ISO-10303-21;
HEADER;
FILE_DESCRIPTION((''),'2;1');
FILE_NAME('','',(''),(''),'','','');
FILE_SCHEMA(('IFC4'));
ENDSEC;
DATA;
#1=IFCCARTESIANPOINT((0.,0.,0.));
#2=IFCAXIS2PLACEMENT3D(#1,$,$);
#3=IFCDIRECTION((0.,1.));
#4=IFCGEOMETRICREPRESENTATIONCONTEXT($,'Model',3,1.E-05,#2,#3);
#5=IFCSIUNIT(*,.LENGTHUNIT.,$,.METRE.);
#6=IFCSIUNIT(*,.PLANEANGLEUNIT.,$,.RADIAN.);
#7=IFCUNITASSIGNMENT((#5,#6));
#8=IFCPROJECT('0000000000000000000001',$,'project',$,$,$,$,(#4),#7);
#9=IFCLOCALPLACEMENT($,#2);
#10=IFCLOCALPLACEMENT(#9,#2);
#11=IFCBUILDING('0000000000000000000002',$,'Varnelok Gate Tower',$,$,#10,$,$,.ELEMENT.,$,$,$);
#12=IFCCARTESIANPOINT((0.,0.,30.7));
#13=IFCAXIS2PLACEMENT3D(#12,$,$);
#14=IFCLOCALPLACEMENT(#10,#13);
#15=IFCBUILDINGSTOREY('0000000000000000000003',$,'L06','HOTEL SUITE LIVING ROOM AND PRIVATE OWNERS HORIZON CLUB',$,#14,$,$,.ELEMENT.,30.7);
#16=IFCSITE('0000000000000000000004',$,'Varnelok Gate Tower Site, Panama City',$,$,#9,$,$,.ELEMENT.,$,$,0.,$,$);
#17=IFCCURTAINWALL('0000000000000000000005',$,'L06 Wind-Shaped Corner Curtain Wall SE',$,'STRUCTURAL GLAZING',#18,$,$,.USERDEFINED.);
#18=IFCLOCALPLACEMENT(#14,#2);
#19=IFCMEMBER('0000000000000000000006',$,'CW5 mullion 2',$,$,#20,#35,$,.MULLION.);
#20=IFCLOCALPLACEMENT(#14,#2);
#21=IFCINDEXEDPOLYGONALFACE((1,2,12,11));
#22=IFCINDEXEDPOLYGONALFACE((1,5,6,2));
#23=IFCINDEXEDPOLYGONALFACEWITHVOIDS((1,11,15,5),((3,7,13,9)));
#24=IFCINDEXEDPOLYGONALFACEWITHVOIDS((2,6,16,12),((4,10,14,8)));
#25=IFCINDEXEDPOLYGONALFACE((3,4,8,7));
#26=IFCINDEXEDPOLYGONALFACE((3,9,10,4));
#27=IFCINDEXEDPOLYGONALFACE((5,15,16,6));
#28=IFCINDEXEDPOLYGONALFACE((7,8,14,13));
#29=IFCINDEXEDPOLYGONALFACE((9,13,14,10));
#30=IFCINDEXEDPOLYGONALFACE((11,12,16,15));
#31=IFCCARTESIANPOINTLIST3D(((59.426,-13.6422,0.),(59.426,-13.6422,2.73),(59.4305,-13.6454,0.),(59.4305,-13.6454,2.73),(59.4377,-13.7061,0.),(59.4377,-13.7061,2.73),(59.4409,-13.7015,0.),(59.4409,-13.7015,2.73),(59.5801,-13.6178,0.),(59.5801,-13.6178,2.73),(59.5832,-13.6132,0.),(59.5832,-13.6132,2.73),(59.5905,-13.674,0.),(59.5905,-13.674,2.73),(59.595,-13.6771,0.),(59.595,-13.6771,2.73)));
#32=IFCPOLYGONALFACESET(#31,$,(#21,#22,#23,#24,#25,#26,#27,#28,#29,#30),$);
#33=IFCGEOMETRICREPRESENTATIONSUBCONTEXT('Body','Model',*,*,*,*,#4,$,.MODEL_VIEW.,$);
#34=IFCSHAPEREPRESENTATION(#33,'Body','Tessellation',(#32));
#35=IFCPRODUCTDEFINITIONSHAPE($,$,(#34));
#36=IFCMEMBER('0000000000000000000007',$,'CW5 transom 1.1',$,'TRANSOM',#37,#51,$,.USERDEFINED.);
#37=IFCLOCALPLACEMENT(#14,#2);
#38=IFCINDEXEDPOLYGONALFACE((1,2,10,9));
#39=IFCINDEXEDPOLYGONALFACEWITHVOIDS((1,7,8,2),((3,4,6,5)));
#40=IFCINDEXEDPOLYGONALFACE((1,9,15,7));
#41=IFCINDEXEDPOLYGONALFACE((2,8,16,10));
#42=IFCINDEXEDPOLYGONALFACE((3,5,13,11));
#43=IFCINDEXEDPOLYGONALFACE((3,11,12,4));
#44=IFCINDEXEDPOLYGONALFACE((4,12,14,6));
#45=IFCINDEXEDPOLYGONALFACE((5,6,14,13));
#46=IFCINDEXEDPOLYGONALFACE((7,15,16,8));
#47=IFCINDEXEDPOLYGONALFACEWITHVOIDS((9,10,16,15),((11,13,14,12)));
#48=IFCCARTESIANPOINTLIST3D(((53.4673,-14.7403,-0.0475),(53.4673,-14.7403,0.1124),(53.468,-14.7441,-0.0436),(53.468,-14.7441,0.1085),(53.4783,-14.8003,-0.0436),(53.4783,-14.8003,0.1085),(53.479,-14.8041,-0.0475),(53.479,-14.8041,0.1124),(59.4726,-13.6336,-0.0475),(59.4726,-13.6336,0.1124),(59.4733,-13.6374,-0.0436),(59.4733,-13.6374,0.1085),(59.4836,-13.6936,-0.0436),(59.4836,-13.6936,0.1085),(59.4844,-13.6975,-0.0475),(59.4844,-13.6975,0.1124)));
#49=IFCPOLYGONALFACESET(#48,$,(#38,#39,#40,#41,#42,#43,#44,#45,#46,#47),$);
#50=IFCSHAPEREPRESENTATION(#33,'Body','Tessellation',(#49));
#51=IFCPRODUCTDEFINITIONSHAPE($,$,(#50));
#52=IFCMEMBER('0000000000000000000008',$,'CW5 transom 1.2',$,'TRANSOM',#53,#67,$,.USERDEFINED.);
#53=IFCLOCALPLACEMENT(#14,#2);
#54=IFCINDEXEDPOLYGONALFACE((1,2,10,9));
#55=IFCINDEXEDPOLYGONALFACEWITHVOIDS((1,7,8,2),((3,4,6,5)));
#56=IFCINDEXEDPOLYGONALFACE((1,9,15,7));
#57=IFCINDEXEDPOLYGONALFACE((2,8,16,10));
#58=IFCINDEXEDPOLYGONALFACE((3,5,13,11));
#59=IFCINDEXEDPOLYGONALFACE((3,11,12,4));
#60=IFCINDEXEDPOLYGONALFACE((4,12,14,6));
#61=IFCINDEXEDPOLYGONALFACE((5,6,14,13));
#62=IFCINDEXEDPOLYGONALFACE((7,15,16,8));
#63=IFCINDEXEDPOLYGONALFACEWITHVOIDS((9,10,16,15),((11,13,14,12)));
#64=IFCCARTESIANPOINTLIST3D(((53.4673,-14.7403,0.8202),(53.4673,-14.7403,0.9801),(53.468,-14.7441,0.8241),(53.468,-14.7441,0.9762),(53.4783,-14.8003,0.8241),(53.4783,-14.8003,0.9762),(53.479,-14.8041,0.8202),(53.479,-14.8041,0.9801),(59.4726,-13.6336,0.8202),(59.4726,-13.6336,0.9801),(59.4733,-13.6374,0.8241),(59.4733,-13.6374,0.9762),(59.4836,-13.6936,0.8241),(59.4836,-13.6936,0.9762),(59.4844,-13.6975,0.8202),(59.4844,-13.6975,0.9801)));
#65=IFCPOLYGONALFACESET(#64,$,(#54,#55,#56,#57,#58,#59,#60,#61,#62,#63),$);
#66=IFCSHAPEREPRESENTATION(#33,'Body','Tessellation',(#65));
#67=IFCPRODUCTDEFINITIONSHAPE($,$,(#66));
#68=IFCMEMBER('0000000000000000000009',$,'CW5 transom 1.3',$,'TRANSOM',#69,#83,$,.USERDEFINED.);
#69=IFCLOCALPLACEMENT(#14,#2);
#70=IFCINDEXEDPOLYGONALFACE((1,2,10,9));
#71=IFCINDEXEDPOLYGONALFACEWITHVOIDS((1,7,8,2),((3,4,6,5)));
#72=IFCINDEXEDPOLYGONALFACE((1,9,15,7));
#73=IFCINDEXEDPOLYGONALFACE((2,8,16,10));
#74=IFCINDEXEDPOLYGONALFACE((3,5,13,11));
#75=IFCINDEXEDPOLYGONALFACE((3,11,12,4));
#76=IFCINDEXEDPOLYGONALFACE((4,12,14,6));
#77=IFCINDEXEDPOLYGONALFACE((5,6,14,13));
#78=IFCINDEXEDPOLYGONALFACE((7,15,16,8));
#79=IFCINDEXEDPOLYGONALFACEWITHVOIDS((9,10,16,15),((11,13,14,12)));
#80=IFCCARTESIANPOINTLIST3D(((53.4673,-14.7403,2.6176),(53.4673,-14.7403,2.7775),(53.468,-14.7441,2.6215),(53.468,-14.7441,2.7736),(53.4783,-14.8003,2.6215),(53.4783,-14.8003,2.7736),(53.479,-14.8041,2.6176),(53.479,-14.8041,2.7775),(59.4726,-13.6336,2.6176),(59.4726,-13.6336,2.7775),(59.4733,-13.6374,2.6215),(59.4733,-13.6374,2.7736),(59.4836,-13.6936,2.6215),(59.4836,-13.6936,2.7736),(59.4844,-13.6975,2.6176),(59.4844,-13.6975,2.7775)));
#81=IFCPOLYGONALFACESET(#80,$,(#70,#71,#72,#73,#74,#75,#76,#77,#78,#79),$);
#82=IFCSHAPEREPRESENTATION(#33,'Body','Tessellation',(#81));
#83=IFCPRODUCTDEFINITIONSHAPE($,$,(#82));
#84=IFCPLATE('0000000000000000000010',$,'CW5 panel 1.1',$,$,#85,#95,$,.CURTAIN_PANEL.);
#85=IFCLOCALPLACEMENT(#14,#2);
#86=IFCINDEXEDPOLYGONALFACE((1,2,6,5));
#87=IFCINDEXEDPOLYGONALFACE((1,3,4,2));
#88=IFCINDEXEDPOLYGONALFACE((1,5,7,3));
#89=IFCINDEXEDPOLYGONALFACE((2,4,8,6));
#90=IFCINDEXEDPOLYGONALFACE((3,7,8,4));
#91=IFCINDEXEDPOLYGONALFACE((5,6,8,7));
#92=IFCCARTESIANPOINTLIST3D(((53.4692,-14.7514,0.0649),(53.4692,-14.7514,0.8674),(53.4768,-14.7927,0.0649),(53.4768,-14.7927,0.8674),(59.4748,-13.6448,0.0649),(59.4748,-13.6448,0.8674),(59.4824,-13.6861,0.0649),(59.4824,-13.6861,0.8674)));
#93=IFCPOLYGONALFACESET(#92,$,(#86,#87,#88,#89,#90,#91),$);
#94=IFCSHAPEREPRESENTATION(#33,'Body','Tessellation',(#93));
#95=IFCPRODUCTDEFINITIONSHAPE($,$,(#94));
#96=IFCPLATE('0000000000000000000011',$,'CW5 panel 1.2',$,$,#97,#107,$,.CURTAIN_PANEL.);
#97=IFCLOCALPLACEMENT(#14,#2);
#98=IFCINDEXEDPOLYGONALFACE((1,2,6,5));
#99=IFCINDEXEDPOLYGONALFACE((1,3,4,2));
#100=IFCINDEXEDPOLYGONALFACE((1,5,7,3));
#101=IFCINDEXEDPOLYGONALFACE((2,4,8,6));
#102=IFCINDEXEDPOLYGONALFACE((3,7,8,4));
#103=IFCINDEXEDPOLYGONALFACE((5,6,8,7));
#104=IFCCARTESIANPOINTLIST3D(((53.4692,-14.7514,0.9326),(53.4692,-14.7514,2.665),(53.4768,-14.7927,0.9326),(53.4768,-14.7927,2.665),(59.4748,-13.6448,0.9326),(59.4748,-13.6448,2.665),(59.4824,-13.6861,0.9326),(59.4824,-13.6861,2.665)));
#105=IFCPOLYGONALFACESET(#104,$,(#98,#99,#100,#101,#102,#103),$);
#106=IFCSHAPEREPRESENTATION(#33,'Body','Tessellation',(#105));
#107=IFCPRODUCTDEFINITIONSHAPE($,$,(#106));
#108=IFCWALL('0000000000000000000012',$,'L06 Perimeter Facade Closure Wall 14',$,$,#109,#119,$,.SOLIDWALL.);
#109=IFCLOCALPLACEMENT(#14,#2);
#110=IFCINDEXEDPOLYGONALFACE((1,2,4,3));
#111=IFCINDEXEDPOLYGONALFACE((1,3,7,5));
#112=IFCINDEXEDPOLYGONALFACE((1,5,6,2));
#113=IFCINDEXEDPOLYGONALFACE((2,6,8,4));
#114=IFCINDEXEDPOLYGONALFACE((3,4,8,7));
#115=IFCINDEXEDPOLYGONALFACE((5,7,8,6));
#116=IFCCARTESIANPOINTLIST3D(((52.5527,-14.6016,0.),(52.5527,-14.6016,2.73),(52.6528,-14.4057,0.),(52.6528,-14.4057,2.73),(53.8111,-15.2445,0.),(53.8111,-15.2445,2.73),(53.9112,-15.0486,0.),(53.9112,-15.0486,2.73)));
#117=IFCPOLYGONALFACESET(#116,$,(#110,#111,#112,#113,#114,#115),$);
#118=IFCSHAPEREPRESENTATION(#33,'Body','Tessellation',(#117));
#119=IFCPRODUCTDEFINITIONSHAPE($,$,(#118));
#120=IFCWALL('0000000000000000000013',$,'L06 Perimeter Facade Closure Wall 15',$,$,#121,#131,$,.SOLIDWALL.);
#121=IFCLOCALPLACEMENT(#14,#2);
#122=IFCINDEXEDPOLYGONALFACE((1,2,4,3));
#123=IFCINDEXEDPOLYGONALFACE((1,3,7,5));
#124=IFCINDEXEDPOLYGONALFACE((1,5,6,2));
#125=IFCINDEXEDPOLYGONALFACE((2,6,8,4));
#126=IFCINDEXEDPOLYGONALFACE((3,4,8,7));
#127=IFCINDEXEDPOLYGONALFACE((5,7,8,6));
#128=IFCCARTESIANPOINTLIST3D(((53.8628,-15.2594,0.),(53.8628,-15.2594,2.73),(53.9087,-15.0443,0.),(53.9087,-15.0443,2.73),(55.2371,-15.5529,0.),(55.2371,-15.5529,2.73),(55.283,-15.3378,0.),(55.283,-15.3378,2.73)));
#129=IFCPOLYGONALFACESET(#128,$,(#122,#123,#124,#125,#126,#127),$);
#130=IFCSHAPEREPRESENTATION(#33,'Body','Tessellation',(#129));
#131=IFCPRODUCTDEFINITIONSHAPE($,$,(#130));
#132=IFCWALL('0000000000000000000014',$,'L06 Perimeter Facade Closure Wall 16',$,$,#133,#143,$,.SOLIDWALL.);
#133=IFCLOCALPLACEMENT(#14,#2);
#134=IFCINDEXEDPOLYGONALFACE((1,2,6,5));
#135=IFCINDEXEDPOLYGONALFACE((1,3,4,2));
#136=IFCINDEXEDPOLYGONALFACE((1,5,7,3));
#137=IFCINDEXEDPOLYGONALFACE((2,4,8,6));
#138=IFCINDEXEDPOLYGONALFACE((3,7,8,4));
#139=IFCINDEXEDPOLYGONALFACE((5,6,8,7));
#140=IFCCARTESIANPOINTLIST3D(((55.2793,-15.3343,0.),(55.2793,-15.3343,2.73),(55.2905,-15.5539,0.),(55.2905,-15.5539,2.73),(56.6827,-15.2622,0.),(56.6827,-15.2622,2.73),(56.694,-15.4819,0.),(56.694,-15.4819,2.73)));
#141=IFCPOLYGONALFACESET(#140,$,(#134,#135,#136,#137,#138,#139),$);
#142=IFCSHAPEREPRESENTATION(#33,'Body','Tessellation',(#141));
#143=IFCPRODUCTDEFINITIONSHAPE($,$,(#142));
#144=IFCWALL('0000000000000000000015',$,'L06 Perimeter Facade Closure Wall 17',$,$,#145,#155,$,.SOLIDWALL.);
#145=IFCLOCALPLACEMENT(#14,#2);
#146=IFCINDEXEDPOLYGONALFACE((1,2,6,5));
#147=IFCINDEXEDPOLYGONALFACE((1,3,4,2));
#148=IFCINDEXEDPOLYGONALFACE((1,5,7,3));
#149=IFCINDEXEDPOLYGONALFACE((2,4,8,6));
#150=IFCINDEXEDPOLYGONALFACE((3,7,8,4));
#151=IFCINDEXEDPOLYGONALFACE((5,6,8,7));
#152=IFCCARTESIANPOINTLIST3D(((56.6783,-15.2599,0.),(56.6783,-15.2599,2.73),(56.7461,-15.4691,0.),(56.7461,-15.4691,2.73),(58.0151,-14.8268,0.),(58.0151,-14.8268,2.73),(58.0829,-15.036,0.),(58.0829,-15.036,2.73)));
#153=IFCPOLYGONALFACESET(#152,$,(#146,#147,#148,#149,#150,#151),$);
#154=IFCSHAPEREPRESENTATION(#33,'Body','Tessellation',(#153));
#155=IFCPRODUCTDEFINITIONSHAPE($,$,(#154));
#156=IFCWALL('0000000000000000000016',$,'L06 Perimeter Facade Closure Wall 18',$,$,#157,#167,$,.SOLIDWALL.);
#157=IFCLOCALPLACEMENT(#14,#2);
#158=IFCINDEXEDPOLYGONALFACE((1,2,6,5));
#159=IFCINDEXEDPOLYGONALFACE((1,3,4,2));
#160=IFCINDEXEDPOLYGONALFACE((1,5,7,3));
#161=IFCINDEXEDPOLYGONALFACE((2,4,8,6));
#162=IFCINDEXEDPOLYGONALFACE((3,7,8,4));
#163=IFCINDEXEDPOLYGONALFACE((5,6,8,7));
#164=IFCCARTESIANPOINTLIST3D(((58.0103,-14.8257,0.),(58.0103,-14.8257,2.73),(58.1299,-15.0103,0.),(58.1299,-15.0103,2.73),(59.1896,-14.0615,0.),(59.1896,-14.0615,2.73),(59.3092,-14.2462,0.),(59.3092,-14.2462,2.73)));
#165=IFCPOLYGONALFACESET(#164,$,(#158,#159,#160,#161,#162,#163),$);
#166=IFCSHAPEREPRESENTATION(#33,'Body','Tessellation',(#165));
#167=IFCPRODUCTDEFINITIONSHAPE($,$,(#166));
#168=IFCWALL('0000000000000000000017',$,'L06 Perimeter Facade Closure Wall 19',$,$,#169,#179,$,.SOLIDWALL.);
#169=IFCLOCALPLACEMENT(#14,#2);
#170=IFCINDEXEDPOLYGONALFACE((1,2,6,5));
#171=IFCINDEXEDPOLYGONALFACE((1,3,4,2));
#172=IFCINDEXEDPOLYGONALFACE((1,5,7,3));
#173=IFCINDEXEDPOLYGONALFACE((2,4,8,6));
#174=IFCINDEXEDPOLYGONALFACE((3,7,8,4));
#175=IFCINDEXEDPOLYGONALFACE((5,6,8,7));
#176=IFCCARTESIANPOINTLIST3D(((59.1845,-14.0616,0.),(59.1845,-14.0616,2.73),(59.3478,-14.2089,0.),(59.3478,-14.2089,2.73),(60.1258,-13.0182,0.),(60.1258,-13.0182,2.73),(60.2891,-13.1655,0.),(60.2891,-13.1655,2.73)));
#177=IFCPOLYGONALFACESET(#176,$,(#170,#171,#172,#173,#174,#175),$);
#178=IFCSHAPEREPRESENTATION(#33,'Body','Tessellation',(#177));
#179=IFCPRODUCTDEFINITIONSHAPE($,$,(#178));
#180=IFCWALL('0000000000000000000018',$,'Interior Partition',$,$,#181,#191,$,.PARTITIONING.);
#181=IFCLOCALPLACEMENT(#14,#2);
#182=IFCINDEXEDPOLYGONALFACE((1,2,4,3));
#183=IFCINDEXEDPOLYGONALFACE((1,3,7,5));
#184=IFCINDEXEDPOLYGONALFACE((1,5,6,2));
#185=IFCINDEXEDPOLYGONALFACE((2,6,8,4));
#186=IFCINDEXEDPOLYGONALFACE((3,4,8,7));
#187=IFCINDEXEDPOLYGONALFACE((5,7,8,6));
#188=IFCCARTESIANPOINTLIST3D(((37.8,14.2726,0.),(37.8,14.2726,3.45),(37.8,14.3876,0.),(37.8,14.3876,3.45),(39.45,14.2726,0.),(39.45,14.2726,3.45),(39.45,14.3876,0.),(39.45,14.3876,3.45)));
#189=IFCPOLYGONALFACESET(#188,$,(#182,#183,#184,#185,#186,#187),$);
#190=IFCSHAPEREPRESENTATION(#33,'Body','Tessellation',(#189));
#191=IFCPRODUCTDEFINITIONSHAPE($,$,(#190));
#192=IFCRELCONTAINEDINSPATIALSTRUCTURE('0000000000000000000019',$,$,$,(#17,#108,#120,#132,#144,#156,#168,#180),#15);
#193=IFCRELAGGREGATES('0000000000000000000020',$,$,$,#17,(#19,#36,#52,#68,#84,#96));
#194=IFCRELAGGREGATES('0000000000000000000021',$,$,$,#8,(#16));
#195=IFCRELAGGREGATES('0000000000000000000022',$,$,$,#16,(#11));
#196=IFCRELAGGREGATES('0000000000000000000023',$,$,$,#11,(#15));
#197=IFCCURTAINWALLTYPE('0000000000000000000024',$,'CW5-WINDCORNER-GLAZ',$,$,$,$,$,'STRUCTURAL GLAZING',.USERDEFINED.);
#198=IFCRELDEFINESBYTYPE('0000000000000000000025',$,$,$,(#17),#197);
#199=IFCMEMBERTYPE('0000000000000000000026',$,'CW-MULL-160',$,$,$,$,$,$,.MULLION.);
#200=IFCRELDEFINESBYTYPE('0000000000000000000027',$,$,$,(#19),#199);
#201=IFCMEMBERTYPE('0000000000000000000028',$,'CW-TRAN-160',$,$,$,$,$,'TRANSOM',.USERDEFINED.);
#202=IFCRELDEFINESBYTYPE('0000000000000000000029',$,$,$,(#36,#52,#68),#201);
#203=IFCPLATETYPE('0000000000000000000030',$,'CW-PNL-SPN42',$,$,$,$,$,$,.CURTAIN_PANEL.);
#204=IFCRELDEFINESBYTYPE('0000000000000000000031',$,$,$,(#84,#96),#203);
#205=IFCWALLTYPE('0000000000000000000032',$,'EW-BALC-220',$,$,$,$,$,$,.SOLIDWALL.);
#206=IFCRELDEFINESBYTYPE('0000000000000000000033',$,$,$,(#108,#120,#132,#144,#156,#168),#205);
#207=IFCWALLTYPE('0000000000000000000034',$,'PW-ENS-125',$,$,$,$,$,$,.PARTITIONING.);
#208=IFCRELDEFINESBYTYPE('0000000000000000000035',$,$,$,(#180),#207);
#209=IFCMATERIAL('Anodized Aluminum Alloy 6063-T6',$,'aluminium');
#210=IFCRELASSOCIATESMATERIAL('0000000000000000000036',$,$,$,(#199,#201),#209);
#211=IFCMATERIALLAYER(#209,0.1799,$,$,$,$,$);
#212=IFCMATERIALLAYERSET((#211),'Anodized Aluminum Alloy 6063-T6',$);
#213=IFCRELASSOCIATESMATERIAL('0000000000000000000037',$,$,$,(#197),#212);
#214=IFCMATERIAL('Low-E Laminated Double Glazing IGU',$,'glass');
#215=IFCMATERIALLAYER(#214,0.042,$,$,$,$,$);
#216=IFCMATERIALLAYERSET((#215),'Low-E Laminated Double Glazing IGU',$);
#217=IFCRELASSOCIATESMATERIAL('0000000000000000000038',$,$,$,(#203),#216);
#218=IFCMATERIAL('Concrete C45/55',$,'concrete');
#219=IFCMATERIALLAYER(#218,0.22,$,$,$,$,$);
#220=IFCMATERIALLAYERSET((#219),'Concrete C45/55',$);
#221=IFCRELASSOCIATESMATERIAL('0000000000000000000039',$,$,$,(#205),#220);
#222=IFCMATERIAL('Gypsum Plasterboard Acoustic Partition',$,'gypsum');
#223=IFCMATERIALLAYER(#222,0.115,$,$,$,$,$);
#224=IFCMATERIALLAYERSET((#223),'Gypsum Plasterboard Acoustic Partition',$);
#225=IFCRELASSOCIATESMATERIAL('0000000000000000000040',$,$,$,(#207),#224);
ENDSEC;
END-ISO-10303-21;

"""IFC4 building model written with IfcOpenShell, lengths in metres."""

from ifc_helpers import new_model, si_unit, direction, frame, frame_2d, origin, origin_2d, place, context, subcontext, project, spatial, rectangle, hollow_rectangle, extrude, source, transform, mapped, material, layer, layer_set, material_profile, profile_set, type_object, element, aggregate, save


model = new_model("IFC4")

# Units and contexts
model_context = context("Model", 3, precision=1e-05, world=origin(), true_north=direction((0.0, 1.0)))
body_context = subcontext(model_context, "Body", "Model", "MODEL_VIEW")
ifc_project = project(units=[si_unit("LENGTHUNIT", "METRE"), si_unit("PLANEANGLEUNIT", "RADIAN")], contexts=[model_context])

# Site, building, storey
site_placement = place(None, origin())
site = spatial("IfcSite", under=ifc_project, at=site_placement, Name="Varnelok Gate Tower Site, Panama City", CompositionType="ELEMENT", RefElevation=0.0)
building_placement = place(site_placement, origin())
building = spatial("IfcBuilding", under=site, at=building_placement, Name="Varnelok Gate Tower", CompositionType="ELEMENT")
storey_placement = place(building_placement, frame((0.0, 0.0, 30.7)))
storey = spatial("IfcBuildingStorey", under=building, at=storey_placement, Name="L06", Description="HOTEL SUITE LIVING ROOM AND PRIVATE OWNERS HORIZON CLUB", CompositionType="ELEMENT", Elevation=30.7)

# Shared definitions
ifc_material_1 = material(Name="Anodized Aluminum Alloy 6063-T6", Category="aluminium")
ifc_material_profile_1 = material_profile(ifc_material_1, hollow_rectangle(XDim=0.0649, YDim=0.1599, WallThickness=0.0039, at=origin_2d()), Name="ALU160X65X4")
ifc_profile_set_1 = profile_set([ifc_material_profile_1], Name="Anodized Aluminum Alloy 6063-T6")
member_type_1 = type_object("IfcMemberType", Name="CW-MULL-160", PredefinedType="MULLION", material=ifc_profile_set_1)

# Curtain wall, members, plates
ifc_layer_1 = layer(ifc_material_1, 0.1799)
ifc_layer_set_1 = layer_set([ifc_layer_1], Name="Anodized Aluminum Alloy 6063-T6")
curtain_wall_type_1 = type_object("IfcCurtainWallType", Name="CW5-WINDCORNER-GLAZ", ElementType="STRUCTURAL GLAZING", PredefinedType="USERDEFINED", material=ifc_layer_set_1)
curtain_wall_1_placement = place(storey_placement, origin())
curtain_wall_1 = element("IfcCurtainWall", 1, at=curtain_wall_1_placement, inside=storey, type_object=curtain_wall_type_1, Name="L06 Wind-Shaped Corner Curtain Wall SE", ObjectType="STRUCTURAL GLAZING", PredefinedType="USERDEFINED")
member_1_placement = place(storey_placement, frame((59.5105, -13.6597, 0.0), z_axis=(0.0, 0.0, 1.0), x_axis=(-0.181203, 0.983446, 0.0)))
member_1 = element("IfcMember", 2, at=member_1_placement, type_object=member_type_1, Name="CW5 mullion 2", PredefinedType="MULLION", context=body_context, shape_type="SweptSolid", body=[
    extrude(hollow_rectangle(XDim=0.0649, YDim=0.1599, WallThickness=0.0039, at=origin_2d()), origin(), (0.0, 0.0, 1.0), 2.73),
])
ifc_material_profile_2 = material_profile(ifc_material_1, hollow_rectangle(XDim=0.0649, YDim=0.1599, WallThickness=0.0039, at=origin_2d()), Name="ALU160X65X4")
ifc_profile_set_2 = profile_set([ifc_material_profile_2], Name="Anodized Aluminum Alloy 6063-T6")
member_type_2 = type_object("IfcMemberType", Name="CW-TRAN-160", ElementType="TRANSOM", PredefinedType="USERDEFINED", material=ifc_profile_set_2)
member_2_placement = place(storey_placement, frame((53.4731, -14.7722, 0.0325), z_axis=(0.98344, 0.181232, 0.0), x_axis=(-0.181232, 0.98344, 0.0)))
member_2 = element("IfcMember", 3, at=member_2_placement, type_object=member_type_2, Name="CW5 transom 1.1", ObjectType="TRANSOM", PredefinedType="USERDEFINED", context=body_context, shape_type="SweptSolid", body=[
    extrude(hollow_rectangle(XDim=0.0649, YDim=0.1599, WallThickness=0.0039, at=origin_2d()), origin(), (0.0, 0.0, 1.0), 6.1064),
])
member_3_placement = place(storey_placement, frame((53.4731, -14.7722, 0.9001), z_axis=(0.98344, 0.181232, 0.0), x_axis=(-0.181232, 0.98344, 0.0)))
member_3 = element("IfcMember", 4, at=member_3_placement, type_object=member_type_2, Name="CW5 transom 1.2", ObjectType="TRANSOM", PredefinedType="USERDEFINED", context=body_context, shape_type="SweptSolid", body=[
    extrude(hollow_rectangle(XDim=0.0649, YDim=0.1599, WallThickness=0.0039, at=origin_2d()), origin(), (0.0, 0.0, 1.0), 6.1064),
])
member_4_placement = place(storey_placement, frame((53.4731, -14.7722, 2.6975), z_axis=(0.98344, 0.181232, 0.0), x_axis=(-0.181232, 0.98344, 0.0)))
member_4 = element("IfcMember", 5, at=member_4_placement, type_object=member_type_2, Name="CW5 transom 1.3", ObjectType="TRANSOM", PredefinedType="USERDEFINED", context=body_context, shape_type="SweptSolid", body=[
    extrude(hollow_rectangle(XDim=0.0649, YDim=0.1599, WallThickness=0.0039, at=origin_2d()), origin(), (0.0, 0.0, 1.0), 6.1064),
])
ifc_material_2 = material(Name="Low-E Laminated Double Glazing IGU", Category="glass")
ifc_layer_2 = layer(ifc_material_2, 0.042)
ifc_layer_set_2 = layer_set([ifc_layer_2], Name="Low-E Laminated Double Glazing IGU")
plate_type = type_object("IfcPlateType", Name="CW-PNL-SPN42", PredefinedType="CURTAIN_PANEL", material=ifc_layer_set_2)
shared_shape_1 = source(origin(), body_context, "Body", "SweptSolid", [
    extrude(rectangle(XDim=6.1067, YDim=0.042, at=origin_2d()), origin(), (0.0, 0.0, 1.0), 0.8025),
])
plate_1_placement = place(storey_placement, frame((56.4758, -14.2188, 0.0649), z_axis=(0.0, 0.0, 1.0), x_axis=(0.983446, 0.181203, 0.0)))
plate_1 = element("IfcPlate", 6, at=plate_1_placement, type_object=plate_type, Name="CW5 panel 1.1", PredefinedType="CURTAIN_PANEL", context=body_context, shape_type="MappedRepresentation", body=[
    mapped(shared_shape_1, transform((0.0, 0.0, 0.0), scale=1.0)),
])
shared_shape_2 = source(origin(), body_context, "Body", "SweptSolid", [
    extrude(rectangle(XDim=6.1067, YDim=0.042, at=origin_2d()), origin(), (0.0, 0.0, 1.0), 1.7324),
])
plate_2_placement = place(storey_placement, frame((56.4758, -14.2188, 0.9326), z_axis=(0.0, 0.0, 1.0), x_axis=(0.983446, 0.181203, 0.0)))
plate_2 = element("IfcPlate", 7, at=plate_2_placement, type_object=plate_type, Name="CW5 panel 1.2", PredefinedType="CURTAIN_PANEL", context=body_context, shape_type="MappedRepresentation", body=[
    mapped(shared_shape_2, transform((0.0, 0.0, 0.0), scale=1.0)),
])
aggregate(curtain_wall_1, [member_1, member_2, member_3, member_4, plate_1, plate_2])

# Walls
ifc_material_3 = material(Name="Concrete C45/55", Category="concrete")
ifc_layer_3 = layer(ifc_material_3, 0.22)
ifc_layer_set_3 = layer_set([ifc_layer_3], Name="Concrete C45/55")
wall_type_1 = type_object("IfcWallType", Name="EW-BALC-220", PredefinedType="SOLIDWALL", material=ifc_layer_set_3)
wall_1_placement = place(storey_placement, frame((52.6028, -14.5037, 0.0), z_axis=(0.0, 0.0, 1.0), x_axis=(0.890523, -0.454938, 0.0)))
element("IfcWall", 8, at=wall_1_placement, inside=storey, type_object=wall_type_1, Name="L06 Perimeter Facade Closure Wall 14", PredefinedType="SOLIDWALL", context=body_context, shape_type="SweptSolid", body=[
    extrude(rectangle(XDim=1.4131, YDim=0.22, at=frame_2d((0.7065, 0.0))), origin(), (0.0, 0.0, 1.0), 2.73),
])
for number, where, z_axis, x_axis, name in (
    (9, (53.8857, -15.1519, 0.0), (0.0, 0.0, 1.0), (0.977952, -0.208829, 0.0), "L06 Perimeter Facade Closure Wall 15"),
    (10, (55.2849, -15.4441, 0.0), (0.0, 0.0, 1.0), (0.998686, 0.051255, 0.0), "L06 Perimeter Facade Closure Wall 16"),
    (11, (56.7122, -15.3645, 0.0), (0.0, 0.0, 1.0), (0.951325, 0.30819, 0.0), "L06 Perimeter Facade Closure Wall 17"),
    (12, (58.0701, -14.918, 0.0), (0.0, 0.0, 1.0), (0.839248, 0.543748, 0.0), "L06 Perimeter Facade Closure Wall 18"),
    (13, (59.2661, -14.1353, 0.0), (0.0, 0.0, 1.0), (0.669866, 0.742482, 0.0), "L06 Perimeter Facade Closure Wall 19"),
):
    element("IfcWall", number, at=place(storey_placement, frame(where, z_axis=z_axis, x_axis=x_axis)), inside=storey, type_object=wall_type_1, Name=name, PredefinedType="SOLIDWALL", context=body_context, shape_type="SweptSolid", body=[
        extrude(rectangle(XDim=1.4053, YDim=0.22, at=frame_2d((0.7026, 0.0))), origin(), (0.0, 0.0, 1.0), 2.73),
    ])
ifc_material_4 = material(Name="Gypsum Plasterboard Acoustic Partition", Category="gypsum")
ifc_layer_4 = layer(ifc_material_4, 0.115)
ifc_layer_set_4 = layer_set([ifc_layer_4], Name="Gypsum Plasterboard Acoustic Partition")
wall_type_2 = type_object("IfcWallType", Name="PW-ENS-125", PredefinedType="PARTITIONING", material=ifc_layer_set_4)
wall_2_placement = place(storey_placement, frame((37.8, 14.3301, 0.0), z_axis=(0.0, 0.0, 1.0), x_axis=(1.0, 0.0, 0.0)))
element("IfcWall", 14, at=wall_2_placement, inside=storey, type_object=wall_type_2, Name="Interior Partition", PredefinedType="PARTITIONING", context=body_context, shape_type="SweptSolid", body=[
    extrude(rectangle(XDim=1.6499, YDim=0.115, at=frame_2d((0.825, 0.0))), origin(), (0.0, 0.0, 1.0), 3.45),
])

save(model, "model.ifc")
